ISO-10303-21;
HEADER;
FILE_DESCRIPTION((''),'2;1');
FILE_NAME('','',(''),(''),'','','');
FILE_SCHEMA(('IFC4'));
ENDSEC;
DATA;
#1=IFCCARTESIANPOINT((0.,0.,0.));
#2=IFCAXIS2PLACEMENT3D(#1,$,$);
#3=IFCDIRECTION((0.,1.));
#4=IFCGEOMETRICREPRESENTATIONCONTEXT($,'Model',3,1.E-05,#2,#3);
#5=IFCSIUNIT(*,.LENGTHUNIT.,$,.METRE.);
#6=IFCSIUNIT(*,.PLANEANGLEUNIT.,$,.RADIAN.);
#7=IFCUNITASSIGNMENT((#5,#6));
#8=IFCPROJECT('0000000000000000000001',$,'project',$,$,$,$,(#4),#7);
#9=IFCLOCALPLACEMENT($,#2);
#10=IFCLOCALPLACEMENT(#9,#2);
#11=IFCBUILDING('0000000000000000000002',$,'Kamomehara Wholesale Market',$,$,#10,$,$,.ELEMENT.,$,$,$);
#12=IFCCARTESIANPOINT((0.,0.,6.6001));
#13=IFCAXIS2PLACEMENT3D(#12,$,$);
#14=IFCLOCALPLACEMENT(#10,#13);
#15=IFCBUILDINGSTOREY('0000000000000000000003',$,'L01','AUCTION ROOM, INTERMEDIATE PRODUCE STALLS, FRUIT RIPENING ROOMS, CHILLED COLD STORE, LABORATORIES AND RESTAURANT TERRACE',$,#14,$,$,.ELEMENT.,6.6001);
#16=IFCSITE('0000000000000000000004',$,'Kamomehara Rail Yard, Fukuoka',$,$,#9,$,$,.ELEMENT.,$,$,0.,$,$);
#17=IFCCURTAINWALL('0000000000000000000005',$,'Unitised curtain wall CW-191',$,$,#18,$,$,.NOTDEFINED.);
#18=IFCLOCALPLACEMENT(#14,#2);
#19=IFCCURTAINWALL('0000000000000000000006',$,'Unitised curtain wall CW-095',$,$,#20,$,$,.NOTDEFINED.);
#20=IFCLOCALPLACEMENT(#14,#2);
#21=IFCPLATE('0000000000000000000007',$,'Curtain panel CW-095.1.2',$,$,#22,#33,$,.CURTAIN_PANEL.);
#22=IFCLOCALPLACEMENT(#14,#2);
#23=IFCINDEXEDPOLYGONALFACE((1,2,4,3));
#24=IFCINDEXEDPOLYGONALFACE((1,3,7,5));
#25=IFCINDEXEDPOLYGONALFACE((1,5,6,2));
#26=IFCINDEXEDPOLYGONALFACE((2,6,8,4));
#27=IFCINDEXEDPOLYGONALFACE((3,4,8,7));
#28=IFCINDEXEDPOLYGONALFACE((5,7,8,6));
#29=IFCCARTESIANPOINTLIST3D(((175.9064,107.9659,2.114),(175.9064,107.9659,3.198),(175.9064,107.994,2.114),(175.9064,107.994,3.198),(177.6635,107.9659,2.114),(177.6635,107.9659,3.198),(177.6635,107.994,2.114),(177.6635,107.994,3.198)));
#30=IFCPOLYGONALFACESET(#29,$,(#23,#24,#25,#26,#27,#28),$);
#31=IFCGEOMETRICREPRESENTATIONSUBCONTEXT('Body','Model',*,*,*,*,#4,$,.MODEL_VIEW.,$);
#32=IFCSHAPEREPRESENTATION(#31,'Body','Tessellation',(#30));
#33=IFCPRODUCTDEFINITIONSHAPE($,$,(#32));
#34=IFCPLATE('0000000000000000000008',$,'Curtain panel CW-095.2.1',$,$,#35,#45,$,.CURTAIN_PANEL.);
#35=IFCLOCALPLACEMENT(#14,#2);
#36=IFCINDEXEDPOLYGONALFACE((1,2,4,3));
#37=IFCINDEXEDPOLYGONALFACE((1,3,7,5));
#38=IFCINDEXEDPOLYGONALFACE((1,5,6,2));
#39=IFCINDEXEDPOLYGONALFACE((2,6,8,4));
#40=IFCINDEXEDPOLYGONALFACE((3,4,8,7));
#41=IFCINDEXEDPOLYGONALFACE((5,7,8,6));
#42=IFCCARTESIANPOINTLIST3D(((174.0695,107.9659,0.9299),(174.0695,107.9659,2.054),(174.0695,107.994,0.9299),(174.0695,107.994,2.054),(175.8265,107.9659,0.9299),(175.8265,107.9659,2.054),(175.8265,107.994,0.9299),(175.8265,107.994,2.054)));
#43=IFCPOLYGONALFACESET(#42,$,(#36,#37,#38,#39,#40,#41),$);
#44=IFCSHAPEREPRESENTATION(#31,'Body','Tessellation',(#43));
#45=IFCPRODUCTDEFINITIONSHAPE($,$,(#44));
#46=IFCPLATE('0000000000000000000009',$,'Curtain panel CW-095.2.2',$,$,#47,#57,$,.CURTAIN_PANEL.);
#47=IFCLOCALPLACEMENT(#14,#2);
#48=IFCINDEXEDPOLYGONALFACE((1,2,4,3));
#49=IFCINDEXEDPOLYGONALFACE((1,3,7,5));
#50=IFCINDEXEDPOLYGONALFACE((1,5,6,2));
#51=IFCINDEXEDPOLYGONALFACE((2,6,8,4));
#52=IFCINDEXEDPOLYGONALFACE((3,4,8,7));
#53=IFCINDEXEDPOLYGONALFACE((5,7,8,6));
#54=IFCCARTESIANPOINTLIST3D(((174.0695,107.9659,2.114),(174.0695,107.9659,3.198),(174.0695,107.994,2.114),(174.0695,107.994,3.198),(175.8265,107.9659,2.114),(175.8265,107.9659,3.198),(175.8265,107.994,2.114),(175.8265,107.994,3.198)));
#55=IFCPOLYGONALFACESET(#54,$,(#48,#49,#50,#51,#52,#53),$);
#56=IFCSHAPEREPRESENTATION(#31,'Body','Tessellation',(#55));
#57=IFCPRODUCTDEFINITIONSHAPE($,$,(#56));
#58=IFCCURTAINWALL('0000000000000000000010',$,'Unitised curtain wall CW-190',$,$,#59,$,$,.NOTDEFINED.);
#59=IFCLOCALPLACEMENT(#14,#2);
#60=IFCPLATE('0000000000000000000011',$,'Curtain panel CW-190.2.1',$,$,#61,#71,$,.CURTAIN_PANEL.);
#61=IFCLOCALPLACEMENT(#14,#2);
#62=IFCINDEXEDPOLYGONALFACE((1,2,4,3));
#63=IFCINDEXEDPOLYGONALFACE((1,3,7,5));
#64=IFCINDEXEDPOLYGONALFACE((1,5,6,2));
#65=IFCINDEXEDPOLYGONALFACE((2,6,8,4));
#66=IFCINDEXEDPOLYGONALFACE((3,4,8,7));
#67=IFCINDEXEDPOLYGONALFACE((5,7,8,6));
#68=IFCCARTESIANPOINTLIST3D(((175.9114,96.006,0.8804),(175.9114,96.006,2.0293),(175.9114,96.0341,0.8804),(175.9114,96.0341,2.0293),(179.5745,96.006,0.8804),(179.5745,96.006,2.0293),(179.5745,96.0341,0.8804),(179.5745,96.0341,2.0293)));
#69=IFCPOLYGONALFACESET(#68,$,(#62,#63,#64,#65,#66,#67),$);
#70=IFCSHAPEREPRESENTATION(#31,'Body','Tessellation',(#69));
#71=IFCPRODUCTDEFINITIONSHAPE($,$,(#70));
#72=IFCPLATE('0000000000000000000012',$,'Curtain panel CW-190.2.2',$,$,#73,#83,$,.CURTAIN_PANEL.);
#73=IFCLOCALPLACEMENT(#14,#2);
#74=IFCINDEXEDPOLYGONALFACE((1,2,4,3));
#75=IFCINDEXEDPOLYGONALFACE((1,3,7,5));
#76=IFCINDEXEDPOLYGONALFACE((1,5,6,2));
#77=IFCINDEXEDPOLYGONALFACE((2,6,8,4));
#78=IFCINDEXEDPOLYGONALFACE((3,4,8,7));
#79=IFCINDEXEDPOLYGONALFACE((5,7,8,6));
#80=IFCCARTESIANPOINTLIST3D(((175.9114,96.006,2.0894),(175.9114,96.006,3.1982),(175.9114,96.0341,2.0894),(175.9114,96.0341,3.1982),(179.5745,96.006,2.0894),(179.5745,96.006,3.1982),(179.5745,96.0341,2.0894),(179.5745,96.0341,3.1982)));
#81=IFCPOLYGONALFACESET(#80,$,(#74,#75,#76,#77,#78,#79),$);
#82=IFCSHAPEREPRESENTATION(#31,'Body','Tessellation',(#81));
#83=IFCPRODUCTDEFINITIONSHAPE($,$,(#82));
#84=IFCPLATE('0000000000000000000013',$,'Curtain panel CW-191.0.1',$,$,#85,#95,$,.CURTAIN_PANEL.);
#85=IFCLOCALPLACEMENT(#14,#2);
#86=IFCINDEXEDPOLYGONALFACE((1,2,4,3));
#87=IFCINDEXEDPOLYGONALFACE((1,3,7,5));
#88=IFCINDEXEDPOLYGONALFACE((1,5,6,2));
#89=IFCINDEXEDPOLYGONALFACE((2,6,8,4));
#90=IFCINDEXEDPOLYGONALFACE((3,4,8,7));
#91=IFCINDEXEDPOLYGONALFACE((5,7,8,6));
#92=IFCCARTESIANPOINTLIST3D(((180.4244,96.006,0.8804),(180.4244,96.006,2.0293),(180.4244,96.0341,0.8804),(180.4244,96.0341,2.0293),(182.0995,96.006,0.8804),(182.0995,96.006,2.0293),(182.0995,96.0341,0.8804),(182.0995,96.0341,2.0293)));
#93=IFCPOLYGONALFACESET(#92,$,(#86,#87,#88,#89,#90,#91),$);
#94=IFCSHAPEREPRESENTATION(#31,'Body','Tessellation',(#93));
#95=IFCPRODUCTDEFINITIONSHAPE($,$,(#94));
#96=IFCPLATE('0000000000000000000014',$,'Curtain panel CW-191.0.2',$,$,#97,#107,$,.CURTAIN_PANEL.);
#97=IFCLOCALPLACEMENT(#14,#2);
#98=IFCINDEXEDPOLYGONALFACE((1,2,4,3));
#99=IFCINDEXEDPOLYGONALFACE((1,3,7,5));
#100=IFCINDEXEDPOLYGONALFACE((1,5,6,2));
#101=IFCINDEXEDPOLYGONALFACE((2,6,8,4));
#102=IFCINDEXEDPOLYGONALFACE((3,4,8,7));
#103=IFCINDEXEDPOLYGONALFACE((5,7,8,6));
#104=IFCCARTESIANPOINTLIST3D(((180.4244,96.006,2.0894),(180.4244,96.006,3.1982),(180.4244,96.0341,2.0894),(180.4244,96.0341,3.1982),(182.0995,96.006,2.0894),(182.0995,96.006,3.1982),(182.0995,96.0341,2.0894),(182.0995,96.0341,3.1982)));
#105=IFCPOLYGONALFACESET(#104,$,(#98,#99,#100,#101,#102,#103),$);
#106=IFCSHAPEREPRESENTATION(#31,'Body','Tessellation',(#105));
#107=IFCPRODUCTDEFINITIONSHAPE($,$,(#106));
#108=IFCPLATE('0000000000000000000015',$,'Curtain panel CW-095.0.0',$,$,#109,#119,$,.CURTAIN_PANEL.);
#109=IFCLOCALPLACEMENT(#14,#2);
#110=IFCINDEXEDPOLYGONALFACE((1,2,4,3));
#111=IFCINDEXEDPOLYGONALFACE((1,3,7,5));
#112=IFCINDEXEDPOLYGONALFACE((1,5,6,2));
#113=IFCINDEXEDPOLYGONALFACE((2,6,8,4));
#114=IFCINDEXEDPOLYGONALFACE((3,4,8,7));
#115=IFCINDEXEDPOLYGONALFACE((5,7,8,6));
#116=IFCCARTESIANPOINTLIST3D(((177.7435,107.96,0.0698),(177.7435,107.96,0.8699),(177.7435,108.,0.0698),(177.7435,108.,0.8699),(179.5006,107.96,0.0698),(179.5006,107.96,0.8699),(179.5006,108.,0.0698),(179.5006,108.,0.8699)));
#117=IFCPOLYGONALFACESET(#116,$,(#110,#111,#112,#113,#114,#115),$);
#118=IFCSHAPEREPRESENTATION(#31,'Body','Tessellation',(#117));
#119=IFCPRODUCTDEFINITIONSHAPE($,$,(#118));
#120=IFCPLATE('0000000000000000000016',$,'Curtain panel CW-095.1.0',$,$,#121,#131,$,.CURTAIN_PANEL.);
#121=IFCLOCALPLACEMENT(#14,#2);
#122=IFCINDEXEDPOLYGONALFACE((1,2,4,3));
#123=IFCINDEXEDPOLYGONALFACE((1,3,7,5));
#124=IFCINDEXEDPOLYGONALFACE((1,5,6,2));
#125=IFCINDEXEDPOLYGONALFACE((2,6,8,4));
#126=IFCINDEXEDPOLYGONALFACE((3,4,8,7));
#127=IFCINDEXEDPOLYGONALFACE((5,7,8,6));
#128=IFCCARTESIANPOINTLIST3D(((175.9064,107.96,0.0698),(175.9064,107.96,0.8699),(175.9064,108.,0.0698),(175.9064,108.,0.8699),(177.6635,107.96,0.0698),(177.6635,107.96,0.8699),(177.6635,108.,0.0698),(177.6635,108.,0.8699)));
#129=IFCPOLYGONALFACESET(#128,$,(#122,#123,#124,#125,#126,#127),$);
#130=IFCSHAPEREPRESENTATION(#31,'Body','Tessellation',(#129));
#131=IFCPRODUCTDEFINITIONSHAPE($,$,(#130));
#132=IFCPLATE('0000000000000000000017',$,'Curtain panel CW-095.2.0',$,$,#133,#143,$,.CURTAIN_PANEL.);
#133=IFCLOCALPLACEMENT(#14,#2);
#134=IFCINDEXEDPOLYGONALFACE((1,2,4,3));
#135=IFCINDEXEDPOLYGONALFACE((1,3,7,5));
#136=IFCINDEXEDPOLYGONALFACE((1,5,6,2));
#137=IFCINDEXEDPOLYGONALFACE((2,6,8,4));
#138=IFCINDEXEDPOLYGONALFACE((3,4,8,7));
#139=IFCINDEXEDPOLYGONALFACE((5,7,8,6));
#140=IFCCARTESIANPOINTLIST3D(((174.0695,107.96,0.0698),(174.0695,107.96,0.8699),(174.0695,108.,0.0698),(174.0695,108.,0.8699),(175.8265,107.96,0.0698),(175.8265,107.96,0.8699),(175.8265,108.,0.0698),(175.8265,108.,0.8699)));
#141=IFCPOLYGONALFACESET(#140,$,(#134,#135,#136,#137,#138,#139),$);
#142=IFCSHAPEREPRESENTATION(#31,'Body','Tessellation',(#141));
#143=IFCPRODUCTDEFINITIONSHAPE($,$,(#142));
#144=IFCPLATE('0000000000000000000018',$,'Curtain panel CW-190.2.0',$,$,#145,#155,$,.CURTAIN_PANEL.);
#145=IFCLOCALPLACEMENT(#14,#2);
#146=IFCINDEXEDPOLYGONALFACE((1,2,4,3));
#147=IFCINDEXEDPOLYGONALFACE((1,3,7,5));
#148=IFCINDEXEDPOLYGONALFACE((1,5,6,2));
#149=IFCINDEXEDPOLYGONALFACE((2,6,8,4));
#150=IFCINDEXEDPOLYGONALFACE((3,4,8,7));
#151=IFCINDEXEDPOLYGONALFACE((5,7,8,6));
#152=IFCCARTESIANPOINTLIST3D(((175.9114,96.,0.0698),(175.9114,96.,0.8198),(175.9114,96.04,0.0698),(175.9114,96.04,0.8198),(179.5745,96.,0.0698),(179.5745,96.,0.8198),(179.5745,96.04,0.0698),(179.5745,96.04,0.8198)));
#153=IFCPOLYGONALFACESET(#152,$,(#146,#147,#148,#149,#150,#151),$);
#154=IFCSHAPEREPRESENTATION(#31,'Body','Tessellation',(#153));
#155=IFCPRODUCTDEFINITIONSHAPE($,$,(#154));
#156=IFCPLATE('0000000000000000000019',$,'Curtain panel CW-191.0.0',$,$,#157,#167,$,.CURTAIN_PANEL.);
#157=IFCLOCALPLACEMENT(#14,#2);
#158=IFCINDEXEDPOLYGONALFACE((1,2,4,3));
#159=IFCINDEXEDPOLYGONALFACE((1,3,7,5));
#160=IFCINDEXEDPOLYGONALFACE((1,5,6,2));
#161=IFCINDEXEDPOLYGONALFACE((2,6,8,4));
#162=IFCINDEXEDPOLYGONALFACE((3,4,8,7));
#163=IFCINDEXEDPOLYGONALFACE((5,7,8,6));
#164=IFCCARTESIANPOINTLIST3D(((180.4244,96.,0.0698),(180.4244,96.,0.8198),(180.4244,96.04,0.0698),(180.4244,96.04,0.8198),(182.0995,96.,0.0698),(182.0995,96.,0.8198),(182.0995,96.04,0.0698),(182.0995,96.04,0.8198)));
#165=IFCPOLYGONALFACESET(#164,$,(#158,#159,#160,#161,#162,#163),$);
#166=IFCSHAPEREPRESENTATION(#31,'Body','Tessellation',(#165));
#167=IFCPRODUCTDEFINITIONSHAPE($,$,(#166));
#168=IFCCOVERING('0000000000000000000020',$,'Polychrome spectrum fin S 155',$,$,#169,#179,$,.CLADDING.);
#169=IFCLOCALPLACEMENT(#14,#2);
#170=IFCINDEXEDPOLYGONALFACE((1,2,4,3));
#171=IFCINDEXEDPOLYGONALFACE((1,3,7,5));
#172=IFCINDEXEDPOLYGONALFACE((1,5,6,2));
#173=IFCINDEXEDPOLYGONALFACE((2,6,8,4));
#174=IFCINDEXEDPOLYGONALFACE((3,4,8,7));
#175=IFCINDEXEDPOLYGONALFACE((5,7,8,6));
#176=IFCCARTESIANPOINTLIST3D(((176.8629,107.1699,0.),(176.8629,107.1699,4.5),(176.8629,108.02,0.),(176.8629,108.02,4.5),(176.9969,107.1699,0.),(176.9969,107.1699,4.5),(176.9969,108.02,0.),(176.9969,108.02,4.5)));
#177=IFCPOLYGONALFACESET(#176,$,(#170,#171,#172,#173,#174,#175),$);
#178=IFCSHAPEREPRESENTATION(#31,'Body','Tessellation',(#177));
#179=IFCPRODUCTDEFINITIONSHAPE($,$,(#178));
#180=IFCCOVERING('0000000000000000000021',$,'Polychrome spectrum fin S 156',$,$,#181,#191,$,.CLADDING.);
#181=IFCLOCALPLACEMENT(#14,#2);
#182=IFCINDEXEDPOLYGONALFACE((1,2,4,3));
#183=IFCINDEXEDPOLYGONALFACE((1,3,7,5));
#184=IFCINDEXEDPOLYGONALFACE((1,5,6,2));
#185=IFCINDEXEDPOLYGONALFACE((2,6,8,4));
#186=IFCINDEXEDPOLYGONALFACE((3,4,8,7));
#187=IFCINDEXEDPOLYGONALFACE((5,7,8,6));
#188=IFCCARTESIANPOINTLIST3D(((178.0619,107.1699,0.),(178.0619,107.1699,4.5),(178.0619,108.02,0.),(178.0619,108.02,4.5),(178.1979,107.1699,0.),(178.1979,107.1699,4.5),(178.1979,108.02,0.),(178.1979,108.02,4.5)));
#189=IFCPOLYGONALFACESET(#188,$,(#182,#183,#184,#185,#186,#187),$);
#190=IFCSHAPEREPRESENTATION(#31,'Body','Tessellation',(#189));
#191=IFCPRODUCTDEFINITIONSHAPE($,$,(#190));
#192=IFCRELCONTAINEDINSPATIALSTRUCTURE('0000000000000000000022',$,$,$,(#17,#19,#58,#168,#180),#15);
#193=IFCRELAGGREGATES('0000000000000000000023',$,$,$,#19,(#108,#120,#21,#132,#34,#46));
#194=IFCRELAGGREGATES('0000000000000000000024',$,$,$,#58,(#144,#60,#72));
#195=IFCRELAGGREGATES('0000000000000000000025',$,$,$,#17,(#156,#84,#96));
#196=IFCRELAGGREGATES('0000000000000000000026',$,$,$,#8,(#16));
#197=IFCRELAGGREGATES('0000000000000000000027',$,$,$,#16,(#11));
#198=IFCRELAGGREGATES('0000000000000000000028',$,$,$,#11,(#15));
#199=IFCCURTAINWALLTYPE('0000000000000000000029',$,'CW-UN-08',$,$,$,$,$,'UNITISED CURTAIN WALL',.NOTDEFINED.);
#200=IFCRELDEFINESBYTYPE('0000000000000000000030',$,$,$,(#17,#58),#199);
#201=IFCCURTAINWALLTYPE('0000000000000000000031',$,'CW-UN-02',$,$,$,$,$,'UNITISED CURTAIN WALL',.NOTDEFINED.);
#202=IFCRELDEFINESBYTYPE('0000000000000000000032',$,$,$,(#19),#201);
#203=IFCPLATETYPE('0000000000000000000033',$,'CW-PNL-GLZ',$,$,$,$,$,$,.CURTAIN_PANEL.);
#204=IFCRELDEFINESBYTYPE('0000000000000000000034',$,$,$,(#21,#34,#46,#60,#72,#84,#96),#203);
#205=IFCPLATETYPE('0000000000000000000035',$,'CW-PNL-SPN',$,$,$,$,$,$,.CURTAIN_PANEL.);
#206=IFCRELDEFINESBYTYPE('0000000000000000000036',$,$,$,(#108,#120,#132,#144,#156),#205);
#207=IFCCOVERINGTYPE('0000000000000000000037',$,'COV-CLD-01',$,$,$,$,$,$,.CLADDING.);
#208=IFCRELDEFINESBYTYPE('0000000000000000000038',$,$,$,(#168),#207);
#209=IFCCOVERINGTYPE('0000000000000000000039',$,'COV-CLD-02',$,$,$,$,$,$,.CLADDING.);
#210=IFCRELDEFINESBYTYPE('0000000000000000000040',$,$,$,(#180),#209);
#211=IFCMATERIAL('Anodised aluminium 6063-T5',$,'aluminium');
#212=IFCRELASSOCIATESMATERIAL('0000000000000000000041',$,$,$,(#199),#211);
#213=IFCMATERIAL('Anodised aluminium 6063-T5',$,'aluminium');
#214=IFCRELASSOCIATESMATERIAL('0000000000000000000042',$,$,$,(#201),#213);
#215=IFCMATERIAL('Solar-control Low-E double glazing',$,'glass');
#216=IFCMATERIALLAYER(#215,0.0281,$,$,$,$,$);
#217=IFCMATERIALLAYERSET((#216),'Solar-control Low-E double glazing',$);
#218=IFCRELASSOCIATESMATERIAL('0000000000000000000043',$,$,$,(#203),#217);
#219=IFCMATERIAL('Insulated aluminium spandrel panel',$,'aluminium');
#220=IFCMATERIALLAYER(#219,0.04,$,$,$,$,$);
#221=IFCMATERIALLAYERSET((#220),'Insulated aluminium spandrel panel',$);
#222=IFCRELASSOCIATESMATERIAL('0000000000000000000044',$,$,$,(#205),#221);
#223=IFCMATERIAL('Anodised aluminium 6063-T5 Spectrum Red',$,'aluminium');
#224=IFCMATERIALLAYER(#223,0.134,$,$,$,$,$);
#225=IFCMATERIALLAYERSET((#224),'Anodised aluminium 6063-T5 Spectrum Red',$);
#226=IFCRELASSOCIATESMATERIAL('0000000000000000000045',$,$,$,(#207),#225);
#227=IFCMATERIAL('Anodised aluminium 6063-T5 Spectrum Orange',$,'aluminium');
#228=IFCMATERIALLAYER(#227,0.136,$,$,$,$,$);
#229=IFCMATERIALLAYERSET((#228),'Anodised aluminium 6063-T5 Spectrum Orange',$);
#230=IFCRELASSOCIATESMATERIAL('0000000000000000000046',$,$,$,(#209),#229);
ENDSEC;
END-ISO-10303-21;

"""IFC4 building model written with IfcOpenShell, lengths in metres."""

from ifc_helpers import new_model, si_unit, direction, frame, origin, origin_2d, place, context, subcontext, project, spatial, rectangle, extrude, material, layer, layer_set, type_object, element, aggregate, save


model = new_model("IFC4")

# Units and contexts
model_context = context("Model", 3, precision=1e-05, world=origin(), true_north=direction((0.0, 1.0)))
body_context = subcontext(model_context, "Body", "Model", "MODEL_VIEW")
ifc_project = project(units=[si_unit("LENGTHUNIT", "METRE"), si_unit("PLANEANGLEUNIT", "RADIAN")], contexts=[model_context])

# Site, building, storey
site_placement = place(None, origin())
site = spatial("IfcSite", under=ifc_project, at=site_placement, Name="Kamomehara Rail Yard, Fukuoka", CompositionType="ELEMENT", RefElevation=0.0)
building_placement = place(site_placement, origin())
building = spatial("IfcBuilding", under=site, at=building_placement, Name="Kamomehara Wholesale Market", CompositionType="ELEMENT")
storey_placement = place(building_placement, frame((0.0, 0.0, 6.6001)))
storey = spatial("IfcBuildingStorey", under=building, at=storey_placement, Name="L01", Description="AUCTION ROOM, INTERMEDIATE PRODUCE STALLS, FRUIT RIPENING ROOMS, CHILLED COLD STORE, LABORATORIES AND RESTAURANT TERRACE", CompositionType="ELEMENT", Elevation=6.6001)

# Curtain wall
ifc_material_1 = material(Name="Anodised aluminium 6063-T5", Category="aluminium")
curtain_wall_type_1 = type_object("IfcCurtainWallType", Name="CW-UN-08", ElementType="UNITISED CURTAIN WALL", PredefinedType="NOTDEFINED", material=ifc_material_1)
curtain_wall_1_placement = place(storey_placement, origin())
curtain_wall_1 = element("IfcCurtainWall", 1, at=curtain_wall_1_placement, inside=storey, type_object=curtain_wall_type_1, Name="Unitised curtain wall CW-191", PredefinedType="NOTDEFINED")

# Curtain walls, plates
ifc_material_2 = material(Name="Anodised aluminium 6063-T5", Category="aluminium")
curtain_wall_type_2 = type_object("IfcCurtainWallType", Name="CW-UN-02", ElementType="UNITISED CURTAIN WALL", PredefinedType="NOTDEFINED", material=ifc_material_2)
curtain_wall_2_placement = place(storey_placement, origin())
curtain_wall_2 = element("IfcCurtainWall", 2, at=curtain_wall_2_placement, inside=storey, type_object=curtain_wall_type_2, Name="Unitised curtain wall CW-095", PredefinedType="NOTDEFINED")
ifc_material_3 = material(Name="Solar-control Low-E double glazing", Category="glass")
ifc_layer_1 = layer(ifc_material_3, 0.0281)
ifc_layer_set_1 = layer_set([ifc_layer_1], Name="Solar-control Low-E double glazing")
plate_type_1 = type_object("IfcPlateType", Name="CW-PNL-GLZ", PredefinedType="CURTAIN_PANEL", material=ifc_layer_set_1)
plate_1_placement = place(storey_placement, frame((176.7849, 107.98, 2.114), z_axis=(0.0, 0.0, 1.0), x_axis=(-1.0, 0.0, 0.0)))
plate_1 = element("IfcPlate", 3, at=plate_1_placement, type_object=plate_type_1, Name="Curtain panel CW-095.1.2", PredefinedType="CURTAIN_PANEL", context=body_context, shape_type="SweptSolid", body=[
    extrude(rectangle(XDim=1.7571, YDim=0.0281, at=origin_2d()), origin(), (0.0, 0.0, 1.0), 1.084),
])
plate_2_placement = place(storey_placement, frame((174.948, 107.98, 0.9299), z_axis=(0.0, 0.0, 1.0), x_axis=(-1.0, 0.0, 0.0)))
plate_2 = element("IfcPlate", 4, at=plate_2_placement, type_object=plate_type_1, Name="Curtain panel CW-095.2.1", PredefinedType="CURTAIN_PANEL", context=body_context, shape_type="SweptSolid", body=[
    extrude(rectangle(XDim=1.7571, YDim=0.0281, at=origin_2d()), origin(), (0.0, 0.0, 1.0), 1.124),
])
plate_3_placement = place(storey_placement, frame((174.948, 107.98, 2.114), z_axis=(0.0, 0.0, 1.0), x_axis=(-1.0, 0.0, 0.0)))
plate_3 = element("IfcPlate", 5, at=plate_3_placement, type_object=plate_type_1, Name="Curtain panel CW-095.2.2", PredefinedType="CURTAIN_PANEL", context=body_context, shape_type="SweptSolid", body=[
    extrude(rectangle(XDim=1.7571, YDim=0.0281, at=origin_2d()), origin(), (0.0, 0.0, 1.0), 1.084),
])
curtain_wall_3_placement = place(storey_placement, origin())
curtain_wall_3 = element("IfcCurtainWall", 6, at=curtain_wall_3_placement, inside=storey, type_object=curtain_wall_type_1, Name="Unitised curtain wall CW-190", PredefinedType="NOTDEFINED")
plate_4_placement = place(storey_placement, frame((177.7429, 96.02, 0.8804), z_axis=(0.0, 0.0, 1.0), x_axis=(1.0, 0.0, 0.0)))
plate_4 = element("IfcPlate", 7, at=plate_4_placement, type_object=plate_type_1, Name="Curtain panel CW-190.2.1", PredefinedType="CURTAIN_PANEL", context=body_context, shape_type="SweptSolid", body=[
    extrude(rectangle(XDim=3.6631, YDim=0.0281, at=origin_2d()), origin(), (0.0, 0.0, 1.0), 1.1489),
])
plate_5_placement = place(storey_placement, frame((177.7429, 96.02, 2.0894), z_axis=(0.0, 0.0, 1.0), x_axis=(1.0, 0.0, 0.0)))
plate_5 = element("IfcPlate", 8, at=plate_5_placement, type_object=plate_type_1, Name="Curtain panel CW-190.2.2", PredefinedType="CURTAIN_PANEL", context=body_context, shape_type="SweptSolid", body=[
    extrude(rectangle(XDim=3.6631, YDim=0.0281, at=origin_2d()), origin(), (0.0, 0.0, 1.0), 1.1089),
])

# Plates
plate_6_placement = place(storey_placement, frame((181.262, 96.02, 0.8804), z_axis=(0.0, 0.0, 1.0), x_axis=(1.0, 0.0, 0.0)))
plate_6 = element("IfcPlate", 9, at=plate_6_placement, type_object=plate_type_1, Name="Curtain panel CW-191.0.1", PredefinedType="CURTAIN_PANEL", context=body_context, shape_type="SweptSolid", body=[
    extrude(rectangle(XDim=1.675, YDim=0.0281, at=origin_2d()), origin(), (0.0, 0.0, 1.0), 1.1489),
])
plate_7_placement = place(storey_placement, frame((181.262, 96.02, 2.0894), z_axis=(0.0, 0.0, 1.0), x_axis=(1.0, 0.0, 0.0)))
plate_7 = element("IfcPlate", 10, at=plate_7_placement, type_object=plate_type_1, Name="Curtain panel CW-191.0.2", PredefinedType="CURTAIN_PANEL", context=body_context, shape_type="SweptSolid", body=[
    extrude(rectangle(XDim=1.675, YDim=0.0281, at=origin_2d()), origin(), (0.0, 0.0, 1.0), 1.1089),
])
ifc_material_4 = material(Name="Insulated aluminium spandrel panel", Category="aluminium")
ifc_layer_2 = layer(ifc_material_4, 0.04)
ifc_layer_set_2 = layer_set([ifc_layer_2], Name="Insulated aluminium spandrel panel")
plate_type_2 = type_object("IfcPlateType", Name="CW-PNL-SPN", PredefinedType="CURTAIN_PANEL", material=ifc_layer_set_2)
plate_8_placement = place(storey_placement, frame((178.6221, 107.98, 0.0698), z_axis=(0.0, 0.0, 1.0), x_axis=(-1.0, 0.0, 0.0)))
plate_8 = element("IfcPlate", 11, at=plate_8_placement, type_object=plate_type_2, Name="Curtain panel CW-095.0.0", PredefinedType="CURTAIN_PANEL", context=body_context, shape_type="SweptSolid", body=[
    extrude(rectangle(XDim=1.7571, YDim=0.04, at=origin_2d()), origin(), (0.0, 0.0, 1.0), 0.8),
])
plate_9_placement = place(storey_placement, frame((176.7849, 107.98, 0.0698), z_axis=(0.0, 0.0, 1.0), x_axis=(-1.0, 0.0, 0.0)))
plate_9 = element("IfcPlate", 12, at=plate_9_placement, type_object=plate_type_2, Name="Curtain panel CW-095.1.0", PredefinedType="CURTAIN_PANEL", context=body_context, shape_type="SweptSolid", body=[
    extrude(rectangle(XDim=1.7571, YDim=0.04, at=origin_2d()), origin(), (0.0, 0.0, 1.0), 0.8),
])
plate_10_placement = place(storey_placement, frame((174.948, 107.98, 0.0698), z_axis=(0.0, 0.0, 1.0), x_axis=(-1.0, 0.0, 0.0)))
plate_10 = element("IfcPlate", 13, at=plate_10_placement, type_object=plate_type_2, Name="Curtain panel CW-095.2.0", PredefinedType="CURTAIN_PANEL", context=body_context, shape_type="SweptSolid", body=[
    extrude(rectangle(XDim=1.7571, YDim=0.04, at=origin_2d()), origin(), (0.0, 0.0, 1.0), 0.8),
])
aggregate(curtain_wall_2, [plate_8, plate_9, plate_1, plate_10, plate_2, plate_3])
plate_11_placement = place(storey_placement, frame((177.7429, 96.02, 0.0698), z_axis=(0.0, 0.0, 1.0), x_axis=(1.0, 0.0, 0.0)))
plate_11 = element("IfcPlate", 14, at=plate_11_placement, type_object=plate_type_2, Name="Curtain panel CW-190.2.0", PredefinedType="CURTAIN_PANEL", context=body_context, shape_type="SweptSolid", body=[
    extrude(rectangle(XDim=3.6631, YDim=0.04, at=origin_2d()), origin(), (0.0, 0.0, 1.0), 0.75),
])
aggregate(curtain_wall_3, [plate_11, plate_4, plate_5])
plate_12_placement = place(storey_placement, frame((181.262, 96.02, 0.0698), z_axis=(0.0, 0.0, 1.0), x_axis=(1.0, 0.0, 0.0)))
plate_12 = element("IfcPlate", 15, at=plate_12_placement, type_object=plate_type_2, Name="Curtain panel CW-191.0.0", PredefinedType="CURTAIN_PANEL", context=body_context, shape_type="SweptSolid", body=[
    extrude(rectangle(XDim=1.675, YDim=0.04, at=origin_2d()), origin(), (0.0, 0.0, 1.0), 0.75),
])
aggregate(curtain_wall_1, [plate_12, plate_6, plate_7])

# Coverings
ifc_material_5 = material(Name="Anodised aluminium 6063-T5 Spectrum Red", Category="aluminium")
ifc_layer_3 = layer(ifc_material_5, 0.134)
ifc_layer_set_3 = layer_set([ifc_layer_3], Name="Anodised aluminium 6063-T5 Spectrum Red")
covering_type_1 = type_object("IfcCoveringType", Name="COV-CLD-01", PredefinedType="CLADDING", material=ifc_layer_set_3)
covering_1_placement = place(storey_placement, frame((176.9299, 107.595, 0.0), z_axis=(0.0, 0.0, 1.0), x_axis=(1.0, 0.0, 0.0)))
element("IfcCovering", 16, at=covering_1_placement, inside=storey, type_object=covering_type_1, Name="Polychrome spectrum fin S 155", PredefinedType="CLADDING", context=body_context, shape_type="SweptSolid", body=[
    extrude(rectangle(XDim=0.134, YDim=0.8501, at=origin_2d()), origin(), (0.0, 0.0, 1.0), 4.5),
])
ifc_material_6 = material(Name="Anodised aluminium 6063-T5 Spectrum Orange", Category="aluminium")
ifc_layer_4 = layer(ifc_material_6, 0.136)
ifc_layer_set_4 = layer_set([ifc_layer_4], Name="Anodised aluminium 6063-T5 Spectrum Orange")
covering_type_2 = type_object("IfcCoveringType", Name="COV-CLD-02", PredefinedType="CLADDING", material=ifc_layer_set_4)
covering_2_placement = place(storey_placement, frame((178.1299, 107.595, 0.0), z_axis=(0.0, 0.0, 1.0), x_axis=(1.0, 0.0, 0.0)))
element("IfcCovering", 17, at=covering_2_placement, inside=storey, type_object=covering_type_2, Name="Polychrome spectrum fin S 156", PredefinedType="CLADDING", context=body_context, shape_type="SweptSolid", body=[
    extrude(rectangle(XDim=0.136, YDim=0.8501, at=origin_2d()), origin(), (0.0, 0.0, 1.0), 4.5),
])

save(model, "model.ifc")
